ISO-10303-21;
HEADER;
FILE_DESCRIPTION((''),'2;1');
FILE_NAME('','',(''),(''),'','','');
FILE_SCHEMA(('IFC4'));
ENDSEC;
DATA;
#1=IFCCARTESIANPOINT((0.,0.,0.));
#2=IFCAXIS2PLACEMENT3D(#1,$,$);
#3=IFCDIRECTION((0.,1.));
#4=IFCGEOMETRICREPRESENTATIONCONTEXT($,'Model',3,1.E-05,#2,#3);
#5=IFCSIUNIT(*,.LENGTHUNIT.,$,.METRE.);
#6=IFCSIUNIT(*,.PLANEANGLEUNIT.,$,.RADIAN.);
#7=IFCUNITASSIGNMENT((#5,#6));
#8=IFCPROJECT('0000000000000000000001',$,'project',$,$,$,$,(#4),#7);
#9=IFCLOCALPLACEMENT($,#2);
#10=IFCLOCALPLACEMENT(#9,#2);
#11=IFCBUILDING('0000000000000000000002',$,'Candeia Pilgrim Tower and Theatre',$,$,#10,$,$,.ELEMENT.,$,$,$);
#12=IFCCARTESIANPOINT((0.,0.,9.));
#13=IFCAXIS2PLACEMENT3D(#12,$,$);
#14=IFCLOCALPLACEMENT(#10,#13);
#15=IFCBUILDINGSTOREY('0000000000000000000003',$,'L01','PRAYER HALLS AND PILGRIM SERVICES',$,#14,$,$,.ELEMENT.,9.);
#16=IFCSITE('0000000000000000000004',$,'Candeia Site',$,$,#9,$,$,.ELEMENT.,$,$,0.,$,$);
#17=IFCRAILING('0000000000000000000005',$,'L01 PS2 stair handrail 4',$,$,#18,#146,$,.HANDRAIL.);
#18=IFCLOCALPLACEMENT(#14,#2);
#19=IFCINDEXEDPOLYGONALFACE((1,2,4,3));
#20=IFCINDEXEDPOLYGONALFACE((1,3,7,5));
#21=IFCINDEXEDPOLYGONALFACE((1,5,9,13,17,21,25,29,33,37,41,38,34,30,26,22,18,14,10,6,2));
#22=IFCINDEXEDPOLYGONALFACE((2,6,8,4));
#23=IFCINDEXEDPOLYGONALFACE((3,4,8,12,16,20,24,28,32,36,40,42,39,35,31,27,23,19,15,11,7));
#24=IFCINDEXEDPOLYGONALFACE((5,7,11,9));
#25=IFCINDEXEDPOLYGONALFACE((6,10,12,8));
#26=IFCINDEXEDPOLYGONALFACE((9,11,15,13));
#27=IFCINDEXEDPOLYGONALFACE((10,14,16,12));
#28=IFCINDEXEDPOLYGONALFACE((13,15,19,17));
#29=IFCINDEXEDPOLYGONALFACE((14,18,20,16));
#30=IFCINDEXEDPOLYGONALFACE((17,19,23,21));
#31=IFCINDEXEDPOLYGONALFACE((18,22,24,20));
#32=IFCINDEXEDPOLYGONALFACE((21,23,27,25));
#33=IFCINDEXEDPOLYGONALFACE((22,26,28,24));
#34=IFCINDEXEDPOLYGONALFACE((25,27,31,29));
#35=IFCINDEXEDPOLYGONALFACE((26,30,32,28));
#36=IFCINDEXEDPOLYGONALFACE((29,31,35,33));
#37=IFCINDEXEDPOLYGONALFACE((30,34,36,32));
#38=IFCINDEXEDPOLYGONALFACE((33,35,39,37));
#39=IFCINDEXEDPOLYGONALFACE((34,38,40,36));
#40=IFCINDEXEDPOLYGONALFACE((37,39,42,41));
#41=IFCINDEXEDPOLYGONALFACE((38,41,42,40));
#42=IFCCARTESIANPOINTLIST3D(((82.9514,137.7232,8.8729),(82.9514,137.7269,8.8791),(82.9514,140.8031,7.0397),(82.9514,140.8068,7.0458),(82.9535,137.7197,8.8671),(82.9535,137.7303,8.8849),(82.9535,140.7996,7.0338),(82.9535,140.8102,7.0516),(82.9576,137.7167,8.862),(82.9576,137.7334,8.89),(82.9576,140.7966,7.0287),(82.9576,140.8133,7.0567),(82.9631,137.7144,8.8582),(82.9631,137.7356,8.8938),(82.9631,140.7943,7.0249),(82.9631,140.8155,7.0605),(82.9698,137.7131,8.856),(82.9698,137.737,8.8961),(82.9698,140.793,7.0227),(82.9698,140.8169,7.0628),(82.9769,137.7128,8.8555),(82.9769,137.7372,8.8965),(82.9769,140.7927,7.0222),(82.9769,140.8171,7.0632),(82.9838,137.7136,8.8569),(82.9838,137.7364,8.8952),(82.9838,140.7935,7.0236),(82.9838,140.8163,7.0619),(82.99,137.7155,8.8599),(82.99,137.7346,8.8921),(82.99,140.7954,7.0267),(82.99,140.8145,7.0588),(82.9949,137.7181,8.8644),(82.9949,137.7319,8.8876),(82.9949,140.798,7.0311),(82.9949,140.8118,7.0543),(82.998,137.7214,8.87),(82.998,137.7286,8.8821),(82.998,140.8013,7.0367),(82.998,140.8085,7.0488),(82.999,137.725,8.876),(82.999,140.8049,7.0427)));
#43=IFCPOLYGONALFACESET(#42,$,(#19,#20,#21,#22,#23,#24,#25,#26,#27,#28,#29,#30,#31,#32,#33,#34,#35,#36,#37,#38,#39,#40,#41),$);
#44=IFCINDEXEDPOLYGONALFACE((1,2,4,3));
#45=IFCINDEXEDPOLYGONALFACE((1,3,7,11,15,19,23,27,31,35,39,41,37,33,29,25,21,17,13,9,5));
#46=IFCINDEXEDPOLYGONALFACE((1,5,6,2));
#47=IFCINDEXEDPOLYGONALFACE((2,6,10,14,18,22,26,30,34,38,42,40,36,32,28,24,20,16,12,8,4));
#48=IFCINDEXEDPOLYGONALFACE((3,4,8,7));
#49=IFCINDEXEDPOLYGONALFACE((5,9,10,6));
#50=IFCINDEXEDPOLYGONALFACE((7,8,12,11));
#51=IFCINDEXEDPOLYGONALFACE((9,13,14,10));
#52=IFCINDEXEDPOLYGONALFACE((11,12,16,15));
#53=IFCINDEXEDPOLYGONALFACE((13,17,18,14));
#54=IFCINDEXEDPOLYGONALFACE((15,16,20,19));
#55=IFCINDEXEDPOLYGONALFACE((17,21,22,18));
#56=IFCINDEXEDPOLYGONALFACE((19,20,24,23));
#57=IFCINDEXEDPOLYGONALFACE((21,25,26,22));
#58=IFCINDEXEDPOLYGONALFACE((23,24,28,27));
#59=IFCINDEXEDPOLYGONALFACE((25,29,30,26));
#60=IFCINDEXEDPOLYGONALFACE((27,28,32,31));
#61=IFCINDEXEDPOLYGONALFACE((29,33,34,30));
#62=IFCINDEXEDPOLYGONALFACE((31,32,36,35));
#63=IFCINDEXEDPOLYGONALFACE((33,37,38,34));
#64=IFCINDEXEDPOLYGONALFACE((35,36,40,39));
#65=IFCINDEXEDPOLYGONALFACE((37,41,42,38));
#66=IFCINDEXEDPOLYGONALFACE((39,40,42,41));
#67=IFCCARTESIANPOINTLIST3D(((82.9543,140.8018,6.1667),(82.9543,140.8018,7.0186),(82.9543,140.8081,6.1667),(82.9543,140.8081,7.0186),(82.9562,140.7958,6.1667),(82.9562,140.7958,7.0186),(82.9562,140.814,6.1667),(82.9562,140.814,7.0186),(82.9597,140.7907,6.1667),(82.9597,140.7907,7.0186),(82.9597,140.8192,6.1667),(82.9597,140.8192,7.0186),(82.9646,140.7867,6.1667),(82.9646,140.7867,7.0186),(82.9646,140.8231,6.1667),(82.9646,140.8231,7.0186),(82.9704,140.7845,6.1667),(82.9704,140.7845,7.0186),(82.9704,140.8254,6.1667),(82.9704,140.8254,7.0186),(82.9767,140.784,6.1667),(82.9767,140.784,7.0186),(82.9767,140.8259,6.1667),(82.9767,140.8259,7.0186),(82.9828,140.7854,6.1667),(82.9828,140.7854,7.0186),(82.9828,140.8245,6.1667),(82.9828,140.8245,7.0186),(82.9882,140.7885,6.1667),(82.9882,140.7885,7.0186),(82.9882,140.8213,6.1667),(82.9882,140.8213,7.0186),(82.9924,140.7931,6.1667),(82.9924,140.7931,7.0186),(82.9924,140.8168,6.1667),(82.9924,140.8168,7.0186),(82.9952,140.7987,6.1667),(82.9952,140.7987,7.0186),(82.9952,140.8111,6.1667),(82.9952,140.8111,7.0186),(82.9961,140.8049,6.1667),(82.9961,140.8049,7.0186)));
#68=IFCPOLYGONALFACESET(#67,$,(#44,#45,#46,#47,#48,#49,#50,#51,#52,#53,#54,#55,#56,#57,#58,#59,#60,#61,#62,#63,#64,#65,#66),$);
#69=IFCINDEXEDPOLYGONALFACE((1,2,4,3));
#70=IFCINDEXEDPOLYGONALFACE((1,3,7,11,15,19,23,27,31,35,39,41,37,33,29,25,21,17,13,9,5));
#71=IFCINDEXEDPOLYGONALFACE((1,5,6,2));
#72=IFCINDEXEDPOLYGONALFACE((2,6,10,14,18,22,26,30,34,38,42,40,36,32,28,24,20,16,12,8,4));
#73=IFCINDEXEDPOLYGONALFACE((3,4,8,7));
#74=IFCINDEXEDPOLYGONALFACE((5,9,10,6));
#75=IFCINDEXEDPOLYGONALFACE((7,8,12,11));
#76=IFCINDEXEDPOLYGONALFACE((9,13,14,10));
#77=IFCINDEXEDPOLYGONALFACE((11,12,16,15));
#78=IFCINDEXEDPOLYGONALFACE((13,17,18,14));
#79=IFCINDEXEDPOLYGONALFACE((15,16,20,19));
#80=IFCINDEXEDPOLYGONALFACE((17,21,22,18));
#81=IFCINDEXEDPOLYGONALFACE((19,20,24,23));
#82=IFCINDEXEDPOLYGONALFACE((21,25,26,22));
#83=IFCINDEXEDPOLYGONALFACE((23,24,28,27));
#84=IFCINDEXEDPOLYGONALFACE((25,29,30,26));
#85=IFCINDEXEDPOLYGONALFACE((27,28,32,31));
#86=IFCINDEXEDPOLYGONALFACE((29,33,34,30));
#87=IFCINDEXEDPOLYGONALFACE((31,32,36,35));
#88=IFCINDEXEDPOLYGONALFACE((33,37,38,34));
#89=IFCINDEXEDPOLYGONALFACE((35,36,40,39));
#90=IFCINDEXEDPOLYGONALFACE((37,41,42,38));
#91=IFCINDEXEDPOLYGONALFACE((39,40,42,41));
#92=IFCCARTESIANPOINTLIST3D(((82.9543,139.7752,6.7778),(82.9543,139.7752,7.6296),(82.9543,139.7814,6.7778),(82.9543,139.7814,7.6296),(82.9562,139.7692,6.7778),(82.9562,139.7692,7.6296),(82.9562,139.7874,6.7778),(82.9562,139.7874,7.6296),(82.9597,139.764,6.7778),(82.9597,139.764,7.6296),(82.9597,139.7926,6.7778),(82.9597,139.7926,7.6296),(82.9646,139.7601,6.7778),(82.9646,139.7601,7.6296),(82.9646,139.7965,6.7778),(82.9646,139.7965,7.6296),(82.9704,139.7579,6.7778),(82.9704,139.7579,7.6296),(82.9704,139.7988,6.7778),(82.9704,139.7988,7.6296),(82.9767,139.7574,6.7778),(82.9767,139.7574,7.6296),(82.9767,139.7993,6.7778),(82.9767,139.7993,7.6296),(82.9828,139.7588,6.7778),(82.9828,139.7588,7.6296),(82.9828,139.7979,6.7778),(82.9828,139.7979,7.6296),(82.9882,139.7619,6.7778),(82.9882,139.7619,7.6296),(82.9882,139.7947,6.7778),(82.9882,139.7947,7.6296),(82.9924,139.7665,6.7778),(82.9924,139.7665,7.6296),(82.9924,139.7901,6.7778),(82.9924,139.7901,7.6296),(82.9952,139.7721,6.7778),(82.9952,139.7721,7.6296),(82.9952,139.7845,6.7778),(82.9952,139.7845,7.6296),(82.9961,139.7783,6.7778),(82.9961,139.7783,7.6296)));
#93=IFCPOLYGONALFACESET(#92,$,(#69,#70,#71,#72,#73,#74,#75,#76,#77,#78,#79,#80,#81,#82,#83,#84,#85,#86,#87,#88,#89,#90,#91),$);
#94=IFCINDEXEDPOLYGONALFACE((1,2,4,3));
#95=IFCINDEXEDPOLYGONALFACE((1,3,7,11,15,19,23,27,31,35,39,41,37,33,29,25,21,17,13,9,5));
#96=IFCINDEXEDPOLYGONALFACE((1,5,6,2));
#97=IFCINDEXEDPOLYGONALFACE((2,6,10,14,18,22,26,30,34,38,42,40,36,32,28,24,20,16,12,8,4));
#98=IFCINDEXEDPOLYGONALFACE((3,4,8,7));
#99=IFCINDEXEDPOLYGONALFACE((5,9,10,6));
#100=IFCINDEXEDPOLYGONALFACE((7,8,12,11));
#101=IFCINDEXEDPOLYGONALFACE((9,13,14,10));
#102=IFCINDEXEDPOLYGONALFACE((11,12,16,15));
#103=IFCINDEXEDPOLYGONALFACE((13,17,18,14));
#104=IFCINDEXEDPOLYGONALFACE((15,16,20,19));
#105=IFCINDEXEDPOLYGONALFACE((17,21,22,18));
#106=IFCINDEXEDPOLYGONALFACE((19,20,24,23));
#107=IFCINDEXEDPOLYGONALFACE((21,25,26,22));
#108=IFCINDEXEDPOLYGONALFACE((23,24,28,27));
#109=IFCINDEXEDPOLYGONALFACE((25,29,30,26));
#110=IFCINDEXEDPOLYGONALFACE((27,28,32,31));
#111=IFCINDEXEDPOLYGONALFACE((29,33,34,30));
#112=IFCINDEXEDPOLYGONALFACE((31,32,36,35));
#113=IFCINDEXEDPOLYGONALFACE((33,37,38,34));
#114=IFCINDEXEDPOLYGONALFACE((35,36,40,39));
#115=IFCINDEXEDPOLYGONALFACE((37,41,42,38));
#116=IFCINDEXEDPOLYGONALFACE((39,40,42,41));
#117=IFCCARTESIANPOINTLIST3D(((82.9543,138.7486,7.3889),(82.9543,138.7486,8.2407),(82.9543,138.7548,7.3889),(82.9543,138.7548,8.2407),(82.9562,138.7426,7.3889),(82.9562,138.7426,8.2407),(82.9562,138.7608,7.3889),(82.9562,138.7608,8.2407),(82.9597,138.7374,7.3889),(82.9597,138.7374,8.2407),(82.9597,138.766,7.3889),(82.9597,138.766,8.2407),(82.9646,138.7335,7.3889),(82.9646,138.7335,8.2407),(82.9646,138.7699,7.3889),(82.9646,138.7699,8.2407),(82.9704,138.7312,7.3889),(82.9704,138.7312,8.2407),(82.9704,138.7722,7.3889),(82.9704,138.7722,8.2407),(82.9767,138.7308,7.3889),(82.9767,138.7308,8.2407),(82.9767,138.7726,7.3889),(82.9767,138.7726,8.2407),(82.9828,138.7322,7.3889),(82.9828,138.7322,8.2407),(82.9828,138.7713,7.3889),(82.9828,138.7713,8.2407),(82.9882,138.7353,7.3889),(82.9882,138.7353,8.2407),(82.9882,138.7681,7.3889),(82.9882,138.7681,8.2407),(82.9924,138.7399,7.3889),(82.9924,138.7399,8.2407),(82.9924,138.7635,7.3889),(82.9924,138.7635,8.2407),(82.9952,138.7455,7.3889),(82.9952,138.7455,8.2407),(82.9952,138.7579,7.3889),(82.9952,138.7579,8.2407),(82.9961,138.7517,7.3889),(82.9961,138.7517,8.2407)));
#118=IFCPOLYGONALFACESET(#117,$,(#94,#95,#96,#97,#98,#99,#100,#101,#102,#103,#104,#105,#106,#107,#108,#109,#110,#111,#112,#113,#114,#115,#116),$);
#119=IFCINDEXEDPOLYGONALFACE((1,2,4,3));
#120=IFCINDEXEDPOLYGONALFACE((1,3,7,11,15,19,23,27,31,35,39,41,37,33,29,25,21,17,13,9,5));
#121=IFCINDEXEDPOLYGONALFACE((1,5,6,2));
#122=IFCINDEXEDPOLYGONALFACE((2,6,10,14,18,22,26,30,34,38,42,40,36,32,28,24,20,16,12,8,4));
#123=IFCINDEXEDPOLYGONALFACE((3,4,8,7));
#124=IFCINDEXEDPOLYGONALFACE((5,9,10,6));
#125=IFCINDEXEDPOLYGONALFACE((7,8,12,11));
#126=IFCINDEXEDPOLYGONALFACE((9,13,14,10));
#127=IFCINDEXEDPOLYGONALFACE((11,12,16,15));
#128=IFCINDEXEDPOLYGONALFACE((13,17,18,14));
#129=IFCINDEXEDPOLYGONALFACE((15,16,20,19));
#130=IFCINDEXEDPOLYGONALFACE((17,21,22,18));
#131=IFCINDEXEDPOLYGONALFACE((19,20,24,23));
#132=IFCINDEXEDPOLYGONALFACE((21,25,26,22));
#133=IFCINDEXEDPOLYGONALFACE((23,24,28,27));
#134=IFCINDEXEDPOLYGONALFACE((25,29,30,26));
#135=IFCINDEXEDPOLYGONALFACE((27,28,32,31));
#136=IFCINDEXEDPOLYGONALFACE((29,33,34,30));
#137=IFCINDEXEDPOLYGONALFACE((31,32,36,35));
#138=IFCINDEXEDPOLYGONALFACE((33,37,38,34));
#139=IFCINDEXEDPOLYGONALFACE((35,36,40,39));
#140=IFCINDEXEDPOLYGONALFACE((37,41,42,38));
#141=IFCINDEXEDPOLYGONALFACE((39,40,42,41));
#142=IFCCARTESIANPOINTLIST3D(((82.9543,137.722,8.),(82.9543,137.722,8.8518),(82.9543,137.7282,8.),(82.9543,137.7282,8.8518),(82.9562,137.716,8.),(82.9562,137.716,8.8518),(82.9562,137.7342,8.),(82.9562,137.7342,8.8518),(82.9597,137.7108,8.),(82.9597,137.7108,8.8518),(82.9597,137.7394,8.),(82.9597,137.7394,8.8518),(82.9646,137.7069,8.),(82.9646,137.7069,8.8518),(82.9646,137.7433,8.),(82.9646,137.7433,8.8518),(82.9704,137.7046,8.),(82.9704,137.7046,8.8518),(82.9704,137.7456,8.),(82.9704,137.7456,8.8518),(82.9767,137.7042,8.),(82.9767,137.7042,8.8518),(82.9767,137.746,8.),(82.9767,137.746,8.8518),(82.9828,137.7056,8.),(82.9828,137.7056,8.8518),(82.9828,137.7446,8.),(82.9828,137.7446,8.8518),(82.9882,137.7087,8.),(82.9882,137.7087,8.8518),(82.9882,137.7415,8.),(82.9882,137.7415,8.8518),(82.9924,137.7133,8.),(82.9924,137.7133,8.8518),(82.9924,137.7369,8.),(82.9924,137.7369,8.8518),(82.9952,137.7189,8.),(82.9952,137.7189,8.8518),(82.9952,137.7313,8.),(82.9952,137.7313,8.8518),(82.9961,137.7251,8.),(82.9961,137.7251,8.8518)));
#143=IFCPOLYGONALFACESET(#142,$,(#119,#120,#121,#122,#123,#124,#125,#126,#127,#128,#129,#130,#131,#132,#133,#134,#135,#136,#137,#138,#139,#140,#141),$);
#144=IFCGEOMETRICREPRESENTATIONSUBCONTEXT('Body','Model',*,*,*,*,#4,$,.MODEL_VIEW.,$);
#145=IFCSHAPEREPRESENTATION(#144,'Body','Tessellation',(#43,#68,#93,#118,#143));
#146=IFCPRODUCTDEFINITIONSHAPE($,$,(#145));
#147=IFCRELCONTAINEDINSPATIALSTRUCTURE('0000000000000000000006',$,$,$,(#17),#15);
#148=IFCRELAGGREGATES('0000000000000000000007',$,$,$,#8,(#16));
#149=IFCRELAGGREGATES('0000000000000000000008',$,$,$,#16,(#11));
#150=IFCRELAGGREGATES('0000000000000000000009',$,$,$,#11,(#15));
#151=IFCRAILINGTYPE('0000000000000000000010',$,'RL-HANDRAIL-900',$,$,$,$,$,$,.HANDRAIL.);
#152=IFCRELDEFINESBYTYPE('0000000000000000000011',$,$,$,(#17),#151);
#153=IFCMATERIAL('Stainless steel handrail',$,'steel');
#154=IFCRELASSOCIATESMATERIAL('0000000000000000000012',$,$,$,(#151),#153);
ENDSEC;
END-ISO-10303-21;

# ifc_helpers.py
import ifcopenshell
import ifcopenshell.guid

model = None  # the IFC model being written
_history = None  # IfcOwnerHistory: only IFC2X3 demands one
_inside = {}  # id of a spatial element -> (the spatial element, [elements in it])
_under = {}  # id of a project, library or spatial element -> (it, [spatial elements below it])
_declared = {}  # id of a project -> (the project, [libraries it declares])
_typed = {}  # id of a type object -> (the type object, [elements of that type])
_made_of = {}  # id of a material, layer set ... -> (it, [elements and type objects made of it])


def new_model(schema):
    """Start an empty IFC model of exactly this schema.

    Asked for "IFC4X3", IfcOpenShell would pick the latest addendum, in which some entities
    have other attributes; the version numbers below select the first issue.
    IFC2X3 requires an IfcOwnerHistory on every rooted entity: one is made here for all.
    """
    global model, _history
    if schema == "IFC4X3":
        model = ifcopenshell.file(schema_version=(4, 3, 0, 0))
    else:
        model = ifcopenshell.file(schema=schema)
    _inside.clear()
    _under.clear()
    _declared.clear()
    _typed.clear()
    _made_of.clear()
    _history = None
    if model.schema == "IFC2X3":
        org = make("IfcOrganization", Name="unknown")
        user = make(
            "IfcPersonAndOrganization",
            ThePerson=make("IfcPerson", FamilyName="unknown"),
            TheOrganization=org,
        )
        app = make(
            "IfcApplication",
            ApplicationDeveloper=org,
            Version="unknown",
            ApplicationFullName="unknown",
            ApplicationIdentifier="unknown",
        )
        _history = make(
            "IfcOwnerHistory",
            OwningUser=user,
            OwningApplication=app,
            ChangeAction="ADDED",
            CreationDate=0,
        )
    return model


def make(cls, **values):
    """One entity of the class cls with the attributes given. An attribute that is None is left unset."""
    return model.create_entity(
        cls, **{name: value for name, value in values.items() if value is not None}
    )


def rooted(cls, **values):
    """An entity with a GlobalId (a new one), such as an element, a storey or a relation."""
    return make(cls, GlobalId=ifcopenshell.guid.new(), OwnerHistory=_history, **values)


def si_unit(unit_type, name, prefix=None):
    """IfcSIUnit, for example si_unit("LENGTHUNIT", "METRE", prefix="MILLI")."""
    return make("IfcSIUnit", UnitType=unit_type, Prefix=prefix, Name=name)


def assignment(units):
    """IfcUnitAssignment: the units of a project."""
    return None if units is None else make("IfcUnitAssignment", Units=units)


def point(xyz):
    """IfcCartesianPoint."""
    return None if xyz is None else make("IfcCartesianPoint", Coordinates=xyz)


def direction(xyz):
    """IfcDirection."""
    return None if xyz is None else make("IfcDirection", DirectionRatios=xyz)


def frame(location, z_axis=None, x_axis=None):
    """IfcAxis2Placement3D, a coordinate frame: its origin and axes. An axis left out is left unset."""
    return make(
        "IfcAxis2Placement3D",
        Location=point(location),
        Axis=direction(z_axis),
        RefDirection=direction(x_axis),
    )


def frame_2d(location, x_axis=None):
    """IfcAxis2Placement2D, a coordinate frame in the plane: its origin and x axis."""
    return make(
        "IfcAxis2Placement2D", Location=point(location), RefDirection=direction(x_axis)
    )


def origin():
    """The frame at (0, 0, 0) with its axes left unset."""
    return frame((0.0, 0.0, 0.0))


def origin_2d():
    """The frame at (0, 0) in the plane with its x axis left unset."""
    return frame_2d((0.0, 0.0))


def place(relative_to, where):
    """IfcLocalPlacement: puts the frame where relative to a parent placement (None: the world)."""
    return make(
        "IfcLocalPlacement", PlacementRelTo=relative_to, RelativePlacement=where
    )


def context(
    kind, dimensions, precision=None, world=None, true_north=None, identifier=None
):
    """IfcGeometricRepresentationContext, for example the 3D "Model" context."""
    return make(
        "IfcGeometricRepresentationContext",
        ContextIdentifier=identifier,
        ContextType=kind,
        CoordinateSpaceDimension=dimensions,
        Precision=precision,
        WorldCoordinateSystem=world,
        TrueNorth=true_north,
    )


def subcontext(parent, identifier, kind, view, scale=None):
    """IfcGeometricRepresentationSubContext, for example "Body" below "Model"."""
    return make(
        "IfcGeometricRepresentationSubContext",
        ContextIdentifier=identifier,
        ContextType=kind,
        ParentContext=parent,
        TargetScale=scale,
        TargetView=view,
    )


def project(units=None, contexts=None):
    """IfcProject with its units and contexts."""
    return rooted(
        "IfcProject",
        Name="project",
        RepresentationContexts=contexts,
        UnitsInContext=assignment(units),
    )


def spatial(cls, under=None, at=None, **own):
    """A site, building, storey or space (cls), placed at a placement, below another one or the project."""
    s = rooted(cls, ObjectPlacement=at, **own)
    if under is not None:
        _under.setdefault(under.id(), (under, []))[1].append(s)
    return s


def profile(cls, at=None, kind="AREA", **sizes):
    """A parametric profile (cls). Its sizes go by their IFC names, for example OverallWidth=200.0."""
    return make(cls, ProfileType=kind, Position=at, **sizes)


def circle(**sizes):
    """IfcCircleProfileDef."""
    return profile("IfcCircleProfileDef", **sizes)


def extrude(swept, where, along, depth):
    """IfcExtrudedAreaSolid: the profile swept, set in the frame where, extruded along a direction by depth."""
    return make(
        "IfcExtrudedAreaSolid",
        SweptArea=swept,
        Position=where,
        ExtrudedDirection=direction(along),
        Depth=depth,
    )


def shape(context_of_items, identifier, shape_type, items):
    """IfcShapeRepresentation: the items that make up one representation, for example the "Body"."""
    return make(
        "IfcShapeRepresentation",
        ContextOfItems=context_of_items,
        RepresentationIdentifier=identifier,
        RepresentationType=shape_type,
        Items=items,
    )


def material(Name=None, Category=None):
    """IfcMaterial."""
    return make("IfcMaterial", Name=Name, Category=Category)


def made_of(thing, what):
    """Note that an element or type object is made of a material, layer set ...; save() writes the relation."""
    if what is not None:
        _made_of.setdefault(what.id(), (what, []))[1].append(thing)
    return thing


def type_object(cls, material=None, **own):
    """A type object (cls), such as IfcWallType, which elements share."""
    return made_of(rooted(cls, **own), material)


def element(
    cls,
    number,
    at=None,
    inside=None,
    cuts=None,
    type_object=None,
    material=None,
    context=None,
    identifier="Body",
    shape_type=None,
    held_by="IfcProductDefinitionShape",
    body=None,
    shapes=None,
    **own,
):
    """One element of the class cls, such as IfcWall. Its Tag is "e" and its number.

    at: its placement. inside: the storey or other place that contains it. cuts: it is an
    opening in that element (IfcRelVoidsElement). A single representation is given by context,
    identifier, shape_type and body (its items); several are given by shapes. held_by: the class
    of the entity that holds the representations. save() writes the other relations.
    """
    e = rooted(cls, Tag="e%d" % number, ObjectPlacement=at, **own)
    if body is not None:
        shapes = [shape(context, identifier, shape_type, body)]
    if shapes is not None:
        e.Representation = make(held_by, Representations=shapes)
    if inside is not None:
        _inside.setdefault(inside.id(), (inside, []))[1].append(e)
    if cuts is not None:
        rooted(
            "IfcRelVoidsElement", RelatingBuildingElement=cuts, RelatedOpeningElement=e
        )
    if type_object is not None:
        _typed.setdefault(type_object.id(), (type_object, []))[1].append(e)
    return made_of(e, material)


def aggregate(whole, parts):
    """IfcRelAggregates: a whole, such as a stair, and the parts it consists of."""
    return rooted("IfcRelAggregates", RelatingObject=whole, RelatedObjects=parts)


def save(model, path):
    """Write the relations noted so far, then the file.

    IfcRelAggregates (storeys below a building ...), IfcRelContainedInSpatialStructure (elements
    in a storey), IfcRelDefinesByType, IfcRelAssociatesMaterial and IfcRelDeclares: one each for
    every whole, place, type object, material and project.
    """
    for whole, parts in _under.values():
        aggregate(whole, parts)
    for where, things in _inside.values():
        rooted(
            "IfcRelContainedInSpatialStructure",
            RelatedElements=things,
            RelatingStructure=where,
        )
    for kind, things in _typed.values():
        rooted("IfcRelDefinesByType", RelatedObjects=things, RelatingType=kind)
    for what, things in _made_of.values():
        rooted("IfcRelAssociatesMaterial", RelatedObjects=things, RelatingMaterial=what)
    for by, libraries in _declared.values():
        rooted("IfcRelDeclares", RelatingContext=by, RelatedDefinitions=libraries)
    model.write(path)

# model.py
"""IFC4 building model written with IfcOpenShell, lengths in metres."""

from ifc_helpers import new_model, si_unit, direction, frame, origin, origin_2d, place, context, subcontext, project, spatial, circle, extrude, material, type_object, element, save


model = new_model("IFC4")

# Units and contexts
model_context = context("Model", 3, precision=1e-05, world=origin(), true_north=direction((0.0, 1.0)))
body_context = subcontext(model_context, "Body", "Model", "MODEL_VIEW")
ifc_project = project(units=[si_unit("LENGTHUNIT", "METRE"), si_unit("PLANEANGLEUNIT", "RADIAN")], contexts=[model_context])

# Site, building, storey
site_placement = place(None, origin())
site = spatial("IfcSite", under=ifc_project, at=site_placement, Name="Candeia Site", CompositionType="ELEMENT", RefElevation=0.0)
building_placement = place(site_placement, origin())
building = spatial("IfcBuilding", under=site, at=building_placement, Name="Candeia Pilgrim Tower and Theatre", CompositionType="ELEMENT")
storey_placement = place(building_placement, frame((0.0, 0.0, 9.0)))
storey = spatial("IfcBuildingStorey", under=building, at=storey_placement, Name="L01", Description="PRAYER HALLS AND PILGRIM SERVICES", CompositionType="ELEMENT", Elevation=9.0)

# Railing
ifc_material_1 = material(Name="Stainless steel handrail", Category="steel")
railing_type_1 = type_object("IfcRailingType", Name="RL-HANDRAIL-900", PredefinedType="HANDRAIL", material=ifc_material_1)
railing_1_placement = place(storey_placement, frame((82.9751, 140.8049, 6.1667)))
element("IfcRailing", 1, at=railing_1_placement, inside=storey, type_object=railing_type_1, Name="L01 PS2 stair handrail 4", PredefinedType="HANDRAIL", context=body_context, shape_type="SweptSolid", body=[
    extrude(circle(Radius=0.0239, at=origin_2d()), frame((0.0, 0.0, 0.876), z_axis=(0.0, -0.859291, 0.511487), x_axis=(1.0, 0.0, 0.0)), (0.0, 0.0, 1.0), 3.5842),
    extrude(circle(Radius=0.021, at=origin_2d()), origin(), (0.0, 0.0, 1.0), 0.8518),
    extrude(circle(Radius=0.021, at=origin_2d()), frame((0.0, -1.0266, 0.6111)), (0.0, 0.0, 1.0), 0.8518),
    extrude(circle(Radius=0.021, at=origin_2d()), frame((0.0, -2.0532, 1.2222)), (0.0, 0.0, 1.0), 0.8518),
    extrude(circle(Radius=0.021, at=origin_2d()), frame((0.0, -3.0798, 1.8333)), (0.0, 0.0, 1.0), 0.8518),
])

save(model, "model.ifc")
